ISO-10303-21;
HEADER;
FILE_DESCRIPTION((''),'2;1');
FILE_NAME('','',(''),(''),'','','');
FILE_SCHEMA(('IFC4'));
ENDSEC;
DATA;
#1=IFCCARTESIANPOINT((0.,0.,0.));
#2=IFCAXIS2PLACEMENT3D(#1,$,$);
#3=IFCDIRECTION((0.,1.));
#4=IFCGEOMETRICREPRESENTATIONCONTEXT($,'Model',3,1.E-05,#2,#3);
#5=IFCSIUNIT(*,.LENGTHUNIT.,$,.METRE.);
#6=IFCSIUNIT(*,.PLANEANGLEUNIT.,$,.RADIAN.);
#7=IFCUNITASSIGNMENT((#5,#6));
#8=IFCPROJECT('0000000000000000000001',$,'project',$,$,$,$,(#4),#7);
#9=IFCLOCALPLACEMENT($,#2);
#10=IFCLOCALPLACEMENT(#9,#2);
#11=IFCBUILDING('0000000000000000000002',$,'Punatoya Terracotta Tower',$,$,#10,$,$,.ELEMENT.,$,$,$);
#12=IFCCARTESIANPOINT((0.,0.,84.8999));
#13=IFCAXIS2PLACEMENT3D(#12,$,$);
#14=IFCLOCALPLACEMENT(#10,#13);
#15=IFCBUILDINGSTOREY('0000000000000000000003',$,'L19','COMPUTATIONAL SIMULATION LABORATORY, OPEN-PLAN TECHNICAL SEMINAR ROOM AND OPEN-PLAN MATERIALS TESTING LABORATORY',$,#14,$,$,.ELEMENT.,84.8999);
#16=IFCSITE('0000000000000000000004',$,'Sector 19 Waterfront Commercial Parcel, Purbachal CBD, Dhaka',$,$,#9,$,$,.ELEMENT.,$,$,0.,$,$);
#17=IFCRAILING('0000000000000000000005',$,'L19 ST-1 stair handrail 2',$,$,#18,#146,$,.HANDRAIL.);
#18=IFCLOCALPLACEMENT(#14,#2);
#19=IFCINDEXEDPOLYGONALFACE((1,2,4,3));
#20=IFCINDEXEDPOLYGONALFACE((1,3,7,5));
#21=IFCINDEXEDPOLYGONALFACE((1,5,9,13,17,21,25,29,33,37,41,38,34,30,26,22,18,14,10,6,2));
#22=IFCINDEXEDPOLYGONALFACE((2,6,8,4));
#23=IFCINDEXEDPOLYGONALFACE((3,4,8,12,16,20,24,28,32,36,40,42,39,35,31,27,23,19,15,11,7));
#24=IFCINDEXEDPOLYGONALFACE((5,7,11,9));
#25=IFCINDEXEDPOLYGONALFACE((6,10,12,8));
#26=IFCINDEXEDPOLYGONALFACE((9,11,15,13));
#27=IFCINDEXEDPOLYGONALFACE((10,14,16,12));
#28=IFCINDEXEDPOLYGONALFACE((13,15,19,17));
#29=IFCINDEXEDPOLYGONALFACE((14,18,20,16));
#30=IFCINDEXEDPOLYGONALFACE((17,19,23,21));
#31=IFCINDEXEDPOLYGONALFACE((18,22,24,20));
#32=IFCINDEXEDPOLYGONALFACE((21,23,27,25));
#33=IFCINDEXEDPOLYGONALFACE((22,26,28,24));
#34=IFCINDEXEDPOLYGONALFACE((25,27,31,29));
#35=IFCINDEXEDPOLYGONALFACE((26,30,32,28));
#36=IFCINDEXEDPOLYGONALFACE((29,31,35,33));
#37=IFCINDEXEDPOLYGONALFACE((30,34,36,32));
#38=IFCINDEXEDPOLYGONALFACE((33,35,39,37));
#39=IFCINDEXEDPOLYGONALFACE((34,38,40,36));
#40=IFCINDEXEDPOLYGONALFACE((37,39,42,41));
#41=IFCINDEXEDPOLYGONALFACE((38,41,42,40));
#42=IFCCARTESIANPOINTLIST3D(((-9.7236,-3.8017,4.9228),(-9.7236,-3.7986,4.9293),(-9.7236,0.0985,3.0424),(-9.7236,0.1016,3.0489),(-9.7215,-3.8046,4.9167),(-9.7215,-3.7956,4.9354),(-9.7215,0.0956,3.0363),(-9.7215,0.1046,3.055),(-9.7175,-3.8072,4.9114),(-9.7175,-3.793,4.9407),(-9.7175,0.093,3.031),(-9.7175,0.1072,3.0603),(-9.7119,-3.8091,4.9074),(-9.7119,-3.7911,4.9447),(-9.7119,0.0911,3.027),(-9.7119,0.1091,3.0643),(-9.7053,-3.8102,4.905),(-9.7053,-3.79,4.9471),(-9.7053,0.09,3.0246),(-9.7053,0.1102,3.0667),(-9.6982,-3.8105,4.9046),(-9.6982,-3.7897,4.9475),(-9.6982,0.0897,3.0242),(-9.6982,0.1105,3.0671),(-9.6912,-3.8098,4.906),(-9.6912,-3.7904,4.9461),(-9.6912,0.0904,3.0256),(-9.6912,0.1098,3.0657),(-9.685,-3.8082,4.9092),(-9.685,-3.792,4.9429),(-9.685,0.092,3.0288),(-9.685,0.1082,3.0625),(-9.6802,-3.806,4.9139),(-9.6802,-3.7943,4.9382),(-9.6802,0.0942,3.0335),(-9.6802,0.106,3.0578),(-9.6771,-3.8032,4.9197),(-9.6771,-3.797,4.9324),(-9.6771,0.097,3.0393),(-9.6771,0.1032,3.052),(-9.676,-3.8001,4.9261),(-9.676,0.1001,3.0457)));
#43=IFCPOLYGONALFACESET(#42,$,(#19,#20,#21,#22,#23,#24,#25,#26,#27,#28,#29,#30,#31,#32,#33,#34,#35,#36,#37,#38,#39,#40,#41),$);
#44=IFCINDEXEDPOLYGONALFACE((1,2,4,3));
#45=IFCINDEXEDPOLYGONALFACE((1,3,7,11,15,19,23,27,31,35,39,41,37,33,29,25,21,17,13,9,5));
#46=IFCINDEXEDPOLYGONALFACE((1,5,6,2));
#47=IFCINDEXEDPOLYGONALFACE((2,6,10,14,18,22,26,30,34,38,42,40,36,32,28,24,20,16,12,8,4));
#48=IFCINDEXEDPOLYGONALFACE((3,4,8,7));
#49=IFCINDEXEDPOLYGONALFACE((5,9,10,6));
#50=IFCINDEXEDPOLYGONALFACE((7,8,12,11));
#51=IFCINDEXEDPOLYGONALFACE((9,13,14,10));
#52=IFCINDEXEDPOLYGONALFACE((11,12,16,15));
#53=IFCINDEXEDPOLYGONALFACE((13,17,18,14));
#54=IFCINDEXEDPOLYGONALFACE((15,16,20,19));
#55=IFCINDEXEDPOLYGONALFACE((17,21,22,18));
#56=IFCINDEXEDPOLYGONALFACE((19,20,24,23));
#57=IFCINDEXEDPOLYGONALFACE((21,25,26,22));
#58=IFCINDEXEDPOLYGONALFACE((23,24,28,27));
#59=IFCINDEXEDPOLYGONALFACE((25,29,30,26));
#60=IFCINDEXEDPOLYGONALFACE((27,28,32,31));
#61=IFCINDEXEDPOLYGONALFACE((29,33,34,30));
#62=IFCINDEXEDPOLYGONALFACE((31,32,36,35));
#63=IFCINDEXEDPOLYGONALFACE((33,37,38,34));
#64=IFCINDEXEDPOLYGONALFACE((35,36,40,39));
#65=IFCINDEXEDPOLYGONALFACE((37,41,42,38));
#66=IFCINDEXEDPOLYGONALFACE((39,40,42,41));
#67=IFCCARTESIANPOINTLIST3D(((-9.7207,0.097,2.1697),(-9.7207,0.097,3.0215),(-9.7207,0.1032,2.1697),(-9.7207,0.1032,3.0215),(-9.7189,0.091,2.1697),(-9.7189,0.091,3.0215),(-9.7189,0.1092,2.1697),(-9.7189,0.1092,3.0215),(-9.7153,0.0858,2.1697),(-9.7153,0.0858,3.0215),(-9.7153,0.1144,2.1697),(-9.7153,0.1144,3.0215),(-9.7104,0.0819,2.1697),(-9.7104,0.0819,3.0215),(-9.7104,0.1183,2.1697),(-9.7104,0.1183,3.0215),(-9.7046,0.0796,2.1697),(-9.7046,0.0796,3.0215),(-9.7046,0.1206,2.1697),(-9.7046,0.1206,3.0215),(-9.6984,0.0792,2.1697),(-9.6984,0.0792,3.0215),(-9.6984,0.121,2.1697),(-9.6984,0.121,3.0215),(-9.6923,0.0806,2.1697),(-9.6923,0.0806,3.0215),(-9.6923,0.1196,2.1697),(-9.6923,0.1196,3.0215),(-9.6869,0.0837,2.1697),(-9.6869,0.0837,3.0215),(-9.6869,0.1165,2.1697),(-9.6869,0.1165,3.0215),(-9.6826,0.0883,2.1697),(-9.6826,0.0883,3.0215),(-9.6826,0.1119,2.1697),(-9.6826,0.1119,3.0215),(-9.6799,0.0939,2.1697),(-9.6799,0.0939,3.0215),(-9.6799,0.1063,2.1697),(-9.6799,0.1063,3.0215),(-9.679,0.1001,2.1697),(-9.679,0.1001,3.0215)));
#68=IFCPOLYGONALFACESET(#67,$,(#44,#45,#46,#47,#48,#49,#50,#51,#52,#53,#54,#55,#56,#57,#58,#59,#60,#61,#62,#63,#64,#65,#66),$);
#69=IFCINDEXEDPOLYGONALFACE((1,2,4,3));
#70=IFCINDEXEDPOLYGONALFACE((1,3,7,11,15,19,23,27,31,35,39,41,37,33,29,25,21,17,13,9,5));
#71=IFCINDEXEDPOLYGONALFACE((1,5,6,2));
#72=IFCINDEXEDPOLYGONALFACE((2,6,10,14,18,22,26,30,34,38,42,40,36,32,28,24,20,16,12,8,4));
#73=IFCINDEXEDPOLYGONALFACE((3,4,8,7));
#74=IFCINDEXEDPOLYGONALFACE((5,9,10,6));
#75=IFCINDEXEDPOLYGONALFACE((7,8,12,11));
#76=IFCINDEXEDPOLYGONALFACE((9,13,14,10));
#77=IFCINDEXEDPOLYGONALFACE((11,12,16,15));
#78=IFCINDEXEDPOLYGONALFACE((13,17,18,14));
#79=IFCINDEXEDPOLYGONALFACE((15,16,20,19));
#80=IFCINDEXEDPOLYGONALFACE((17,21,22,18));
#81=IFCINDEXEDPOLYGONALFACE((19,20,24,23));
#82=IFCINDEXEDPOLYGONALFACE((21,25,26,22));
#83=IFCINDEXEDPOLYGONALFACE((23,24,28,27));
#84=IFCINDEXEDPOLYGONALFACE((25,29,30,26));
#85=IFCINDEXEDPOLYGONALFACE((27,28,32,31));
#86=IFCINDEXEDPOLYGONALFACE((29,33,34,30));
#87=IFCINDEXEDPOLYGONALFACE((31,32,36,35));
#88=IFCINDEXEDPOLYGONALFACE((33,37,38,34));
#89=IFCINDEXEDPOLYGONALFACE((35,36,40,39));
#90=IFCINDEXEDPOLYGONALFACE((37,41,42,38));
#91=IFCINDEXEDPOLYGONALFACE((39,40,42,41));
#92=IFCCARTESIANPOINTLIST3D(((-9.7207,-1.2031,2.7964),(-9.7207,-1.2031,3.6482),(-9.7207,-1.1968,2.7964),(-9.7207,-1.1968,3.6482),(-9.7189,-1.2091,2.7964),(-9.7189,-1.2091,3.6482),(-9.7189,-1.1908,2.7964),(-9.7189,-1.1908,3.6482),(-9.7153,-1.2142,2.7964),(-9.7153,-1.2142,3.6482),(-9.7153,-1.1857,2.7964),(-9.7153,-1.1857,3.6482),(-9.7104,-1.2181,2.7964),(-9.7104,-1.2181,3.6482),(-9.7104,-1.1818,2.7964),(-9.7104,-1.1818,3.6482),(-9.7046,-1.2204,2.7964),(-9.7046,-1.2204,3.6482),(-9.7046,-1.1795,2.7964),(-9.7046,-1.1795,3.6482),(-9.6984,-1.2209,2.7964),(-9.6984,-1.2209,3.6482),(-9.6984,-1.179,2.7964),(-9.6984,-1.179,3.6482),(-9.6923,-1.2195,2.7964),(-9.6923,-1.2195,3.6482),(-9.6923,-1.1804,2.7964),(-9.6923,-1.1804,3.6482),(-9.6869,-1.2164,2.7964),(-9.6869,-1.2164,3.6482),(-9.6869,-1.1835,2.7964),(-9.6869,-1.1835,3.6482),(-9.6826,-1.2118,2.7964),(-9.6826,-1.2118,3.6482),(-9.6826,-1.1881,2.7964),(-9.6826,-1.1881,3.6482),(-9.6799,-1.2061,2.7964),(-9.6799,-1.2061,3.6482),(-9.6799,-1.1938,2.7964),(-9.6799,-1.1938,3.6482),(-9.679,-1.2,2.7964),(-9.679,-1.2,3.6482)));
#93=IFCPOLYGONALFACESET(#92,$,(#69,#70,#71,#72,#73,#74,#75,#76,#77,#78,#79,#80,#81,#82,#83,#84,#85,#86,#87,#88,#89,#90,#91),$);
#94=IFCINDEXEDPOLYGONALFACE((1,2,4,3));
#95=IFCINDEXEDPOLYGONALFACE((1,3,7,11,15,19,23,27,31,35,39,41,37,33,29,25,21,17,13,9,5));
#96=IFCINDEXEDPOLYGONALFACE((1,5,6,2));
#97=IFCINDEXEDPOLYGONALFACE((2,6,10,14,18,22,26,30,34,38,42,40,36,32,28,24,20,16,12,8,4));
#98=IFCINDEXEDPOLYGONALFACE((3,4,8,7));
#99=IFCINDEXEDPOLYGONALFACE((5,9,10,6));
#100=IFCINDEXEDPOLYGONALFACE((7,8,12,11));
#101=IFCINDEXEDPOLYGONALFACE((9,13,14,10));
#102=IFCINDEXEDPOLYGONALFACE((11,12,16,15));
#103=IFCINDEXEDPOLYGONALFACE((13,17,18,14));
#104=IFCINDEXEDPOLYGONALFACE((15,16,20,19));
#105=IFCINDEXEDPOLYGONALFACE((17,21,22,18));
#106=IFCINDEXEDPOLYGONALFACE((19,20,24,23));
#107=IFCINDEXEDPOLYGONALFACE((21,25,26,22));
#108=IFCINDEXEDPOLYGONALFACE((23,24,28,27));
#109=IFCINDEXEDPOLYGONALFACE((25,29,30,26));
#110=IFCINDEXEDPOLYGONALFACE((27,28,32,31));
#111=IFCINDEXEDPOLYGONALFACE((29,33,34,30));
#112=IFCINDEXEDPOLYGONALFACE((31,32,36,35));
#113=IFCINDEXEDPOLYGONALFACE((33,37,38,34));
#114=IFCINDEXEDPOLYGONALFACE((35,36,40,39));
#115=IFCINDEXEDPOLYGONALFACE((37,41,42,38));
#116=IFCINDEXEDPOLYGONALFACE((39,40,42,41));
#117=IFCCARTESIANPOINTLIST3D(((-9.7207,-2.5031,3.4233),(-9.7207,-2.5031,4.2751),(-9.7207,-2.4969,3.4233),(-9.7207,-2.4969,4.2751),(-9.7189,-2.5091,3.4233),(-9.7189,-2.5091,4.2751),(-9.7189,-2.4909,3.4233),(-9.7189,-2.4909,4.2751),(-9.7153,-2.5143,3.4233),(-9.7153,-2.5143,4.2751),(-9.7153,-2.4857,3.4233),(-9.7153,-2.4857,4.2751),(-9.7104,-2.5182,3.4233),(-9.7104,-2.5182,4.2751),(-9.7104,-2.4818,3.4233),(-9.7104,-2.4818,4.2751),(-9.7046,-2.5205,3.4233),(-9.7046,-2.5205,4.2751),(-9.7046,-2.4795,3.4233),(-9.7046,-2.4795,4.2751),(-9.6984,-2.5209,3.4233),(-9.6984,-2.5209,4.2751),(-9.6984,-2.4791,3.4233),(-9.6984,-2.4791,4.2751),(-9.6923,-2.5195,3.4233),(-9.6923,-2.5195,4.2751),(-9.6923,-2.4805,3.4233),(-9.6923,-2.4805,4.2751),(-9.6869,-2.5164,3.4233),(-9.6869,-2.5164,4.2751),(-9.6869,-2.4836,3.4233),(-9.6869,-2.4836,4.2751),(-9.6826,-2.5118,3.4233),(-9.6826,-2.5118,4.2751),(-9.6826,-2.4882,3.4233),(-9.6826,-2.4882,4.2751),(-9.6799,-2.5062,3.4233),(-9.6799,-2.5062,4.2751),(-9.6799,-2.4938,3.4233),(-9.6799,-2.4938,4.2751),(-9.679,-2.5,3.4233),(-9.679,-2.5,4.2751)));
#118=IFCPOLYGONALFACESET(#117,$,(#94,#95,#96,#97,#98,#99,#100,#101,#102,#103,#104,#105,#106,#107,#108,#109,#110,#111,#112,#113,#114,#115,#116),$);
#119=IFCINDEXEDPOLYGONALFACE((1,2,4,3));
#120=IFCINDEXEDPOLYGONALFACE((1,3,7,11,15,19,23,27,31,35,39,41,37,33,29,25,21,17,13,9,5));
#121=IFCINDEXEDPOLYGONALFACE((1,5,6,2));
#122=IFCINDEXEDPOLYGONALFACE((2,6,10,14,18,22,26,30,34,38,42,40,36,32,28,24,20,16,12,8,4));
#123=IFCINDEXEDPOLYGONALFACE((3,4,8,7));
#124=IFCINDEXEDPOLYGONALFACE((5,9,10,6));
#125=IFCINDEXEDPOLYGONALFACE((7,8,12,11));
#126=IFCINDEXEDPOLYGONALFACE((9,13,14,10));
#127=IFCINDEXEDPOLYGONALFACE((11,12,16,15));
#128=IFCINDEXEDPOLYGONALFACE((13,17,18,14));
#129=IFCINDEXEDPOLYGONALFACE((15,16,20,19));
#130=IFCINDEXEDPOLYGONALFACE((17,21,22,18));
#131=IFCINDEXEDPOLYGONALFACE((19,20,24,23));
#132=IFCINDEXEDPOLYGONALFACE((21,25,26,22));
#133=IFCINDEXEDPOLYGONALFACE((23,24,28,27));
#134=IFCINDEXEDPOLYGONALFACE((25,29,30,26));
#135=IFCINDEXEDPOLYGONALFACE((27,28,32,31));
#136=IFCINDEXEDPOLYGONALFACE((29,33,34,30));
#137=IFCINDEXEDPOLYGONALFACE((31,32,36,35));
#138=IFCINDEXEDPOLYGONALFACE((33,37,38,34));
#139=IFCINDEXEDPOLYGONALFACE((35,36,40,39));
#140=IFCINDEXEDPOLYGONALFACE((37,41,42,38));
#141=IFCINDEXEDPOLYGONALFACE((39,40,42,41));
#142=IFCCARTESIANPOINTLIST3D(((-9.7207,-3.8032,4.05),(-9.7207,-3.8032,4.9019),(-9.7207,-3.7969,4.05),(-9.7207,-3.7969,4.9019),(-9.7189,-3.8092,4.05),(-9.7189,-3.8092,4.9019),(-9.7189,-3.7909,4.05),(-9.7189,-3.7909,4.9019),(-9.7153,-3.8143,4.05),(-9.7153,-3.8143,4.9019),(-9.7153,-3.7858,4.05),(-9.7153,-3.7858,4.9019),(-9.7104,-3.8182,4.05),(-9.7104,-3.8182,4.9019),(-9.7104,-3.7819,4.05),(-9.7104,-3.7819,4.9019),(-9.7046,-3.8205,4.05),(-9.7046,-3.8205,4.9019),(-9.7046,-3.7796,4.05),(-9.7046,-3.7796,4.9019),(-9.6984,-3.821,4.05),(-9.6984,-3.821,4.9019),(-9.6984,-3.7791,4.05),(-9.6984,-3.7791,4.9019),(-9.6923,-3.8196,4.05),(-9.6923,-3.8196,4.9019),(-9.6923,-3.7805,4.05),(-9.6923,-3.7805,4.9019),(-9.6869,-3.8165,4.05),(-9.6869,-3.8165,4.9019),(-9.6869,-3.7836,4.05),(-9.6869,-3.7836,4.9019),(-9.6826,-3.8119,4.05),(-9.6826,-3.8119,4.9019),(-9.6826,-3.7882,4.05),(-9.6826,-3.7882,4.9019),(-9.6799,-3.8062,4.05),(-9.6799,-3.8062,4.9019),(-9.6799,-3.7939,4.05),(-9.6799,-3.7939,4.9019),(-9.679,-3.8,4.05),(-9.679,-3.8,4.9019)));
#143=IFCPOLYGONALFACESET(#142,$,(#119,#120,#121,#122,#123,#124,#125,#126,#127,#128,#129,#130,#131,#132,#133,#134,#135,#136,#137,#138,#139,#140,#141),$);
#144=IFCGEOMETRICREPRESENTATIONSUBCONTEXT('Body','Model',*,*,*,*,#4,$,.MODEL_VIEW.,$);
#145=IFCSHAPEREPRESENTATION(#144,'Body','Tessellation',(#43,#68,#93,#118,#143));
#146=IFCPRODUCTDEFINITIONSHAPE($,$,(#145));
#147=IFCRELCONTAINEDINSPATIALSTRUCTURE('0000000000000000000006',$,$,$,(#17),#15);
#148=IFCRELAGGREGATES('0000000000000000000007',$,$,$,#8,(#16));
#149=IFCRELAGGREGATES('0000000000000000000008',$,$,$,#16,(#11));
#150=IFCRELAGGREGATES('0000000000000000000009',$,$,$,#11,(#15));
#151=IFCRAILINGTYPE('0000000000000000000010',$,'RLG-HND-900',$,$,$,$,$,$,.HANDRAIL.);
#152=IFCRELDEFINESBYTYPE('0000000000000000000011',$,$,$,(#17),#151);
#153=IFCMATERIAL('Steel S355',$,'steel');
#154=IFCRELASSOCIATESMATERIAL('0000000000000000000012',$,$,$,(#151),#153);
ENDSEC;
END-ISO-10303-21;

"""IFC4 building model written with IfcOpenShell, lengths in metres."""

from ifc_helpers import new_model, si_unit, direction, frame, origin, origin_2d, place, context, subcontext, project, spatial, circle, extrude, material, type_object, element, save


model = new_model("IFC4")

# Units and contexts
model_context = context("Model", 3, precision=1e-05, world=origin(), true_north=direction((0.0, 1.0)))
body_context = subcontext(model_context, "Body", "Model", "MODEL_VIEW")
ifc_project = project(units=[si_unit("LENGTHUNIT", "METRE"), si_unit("PLANEANGLEUNIT", "RADIAN")], contexts=[model_context])

# Site, building, storey
site_placement = place(None, origin())
site = spatial("IfcSite", under=ifc_project, at=site_placement, Name="Sector 19 Waterfront Commercial Parcel, Purbachal CBD, Dhaka", CompositionType="ELEMENT", RefElevation=0.0)
building_placement = place(site_placement, origin())
building = spatial("IfcBuilding", under=site, at=building_placement, Name="Punatoya Terracotta Tower", CompositionType="ELEMENT")
storey_placement = place(building_placement, frame((0.0, 0.0, 84.8999)))
storey = spatial("IfcBuildingStorey", under=building, at=storey_placement, Name="L19", Description="COMPUTATIONAL SIMULATION LABORATORY, OPEN-PLAN TECHNICAL SEMINAR ROOM AND OPEN-PLAN MATERIALS TESTING LABORATORY", CompositionType="ELEMENT", Elevation=84.8999)

# Shared definitions
ifc_material_1 = material(Name="Steel S355", Category="steel")

# Railing
railing_type_1 = type_object("IfcRailingType", Name="RLG-HND-900", PredefinedType="HANDRAIL", material=ifc_material_1)
railing_1_placement = place(storey_placement, frame((-9.7, 0.1001, 2.1697)))
element("IfcRailing", 1, at=railing_1_placement, inside=storey, type_object=railing_type_1, Name="L19 ST-1 stair handrail 2", PredefinedType="HANDRAIL", context=body_context, shape_type="SweptSolid", body=[
    extrude(circle(Radius=0.0239, at=origin_2d()), frame((0.0, 0.0, 0.876), z_axis=(0.0, -0.900774, 0.434289), x_axis=(1.0, 0.0, 0.0)), (0.0, 0.0, 1.0), 4.3298),
    extrude(circle(Radius=0.021, at=origin_2d()), origin(), (0.0, 0.0, 1.0), 0.8518),
    extrude(circle(Radius=0.021, at=origin_2d()), frame((0.0, -1.3, 0.6267)), (0.0, 0.0, 1.0), 0.8518),
    extrude(circle(Radius=0.021, at=origin_2d()), frame((0.0, -2.6001, 1.2537)), (0.0, 0.0, 1.0), 0.8518),
    extrude(circle(Radius=0.021, at=origin_2d()), frame((0.0, -3.9001, 1.8804)), (0.0, 0.0, 1.0), 0.8518),
])

save(model, "model.ifc")
